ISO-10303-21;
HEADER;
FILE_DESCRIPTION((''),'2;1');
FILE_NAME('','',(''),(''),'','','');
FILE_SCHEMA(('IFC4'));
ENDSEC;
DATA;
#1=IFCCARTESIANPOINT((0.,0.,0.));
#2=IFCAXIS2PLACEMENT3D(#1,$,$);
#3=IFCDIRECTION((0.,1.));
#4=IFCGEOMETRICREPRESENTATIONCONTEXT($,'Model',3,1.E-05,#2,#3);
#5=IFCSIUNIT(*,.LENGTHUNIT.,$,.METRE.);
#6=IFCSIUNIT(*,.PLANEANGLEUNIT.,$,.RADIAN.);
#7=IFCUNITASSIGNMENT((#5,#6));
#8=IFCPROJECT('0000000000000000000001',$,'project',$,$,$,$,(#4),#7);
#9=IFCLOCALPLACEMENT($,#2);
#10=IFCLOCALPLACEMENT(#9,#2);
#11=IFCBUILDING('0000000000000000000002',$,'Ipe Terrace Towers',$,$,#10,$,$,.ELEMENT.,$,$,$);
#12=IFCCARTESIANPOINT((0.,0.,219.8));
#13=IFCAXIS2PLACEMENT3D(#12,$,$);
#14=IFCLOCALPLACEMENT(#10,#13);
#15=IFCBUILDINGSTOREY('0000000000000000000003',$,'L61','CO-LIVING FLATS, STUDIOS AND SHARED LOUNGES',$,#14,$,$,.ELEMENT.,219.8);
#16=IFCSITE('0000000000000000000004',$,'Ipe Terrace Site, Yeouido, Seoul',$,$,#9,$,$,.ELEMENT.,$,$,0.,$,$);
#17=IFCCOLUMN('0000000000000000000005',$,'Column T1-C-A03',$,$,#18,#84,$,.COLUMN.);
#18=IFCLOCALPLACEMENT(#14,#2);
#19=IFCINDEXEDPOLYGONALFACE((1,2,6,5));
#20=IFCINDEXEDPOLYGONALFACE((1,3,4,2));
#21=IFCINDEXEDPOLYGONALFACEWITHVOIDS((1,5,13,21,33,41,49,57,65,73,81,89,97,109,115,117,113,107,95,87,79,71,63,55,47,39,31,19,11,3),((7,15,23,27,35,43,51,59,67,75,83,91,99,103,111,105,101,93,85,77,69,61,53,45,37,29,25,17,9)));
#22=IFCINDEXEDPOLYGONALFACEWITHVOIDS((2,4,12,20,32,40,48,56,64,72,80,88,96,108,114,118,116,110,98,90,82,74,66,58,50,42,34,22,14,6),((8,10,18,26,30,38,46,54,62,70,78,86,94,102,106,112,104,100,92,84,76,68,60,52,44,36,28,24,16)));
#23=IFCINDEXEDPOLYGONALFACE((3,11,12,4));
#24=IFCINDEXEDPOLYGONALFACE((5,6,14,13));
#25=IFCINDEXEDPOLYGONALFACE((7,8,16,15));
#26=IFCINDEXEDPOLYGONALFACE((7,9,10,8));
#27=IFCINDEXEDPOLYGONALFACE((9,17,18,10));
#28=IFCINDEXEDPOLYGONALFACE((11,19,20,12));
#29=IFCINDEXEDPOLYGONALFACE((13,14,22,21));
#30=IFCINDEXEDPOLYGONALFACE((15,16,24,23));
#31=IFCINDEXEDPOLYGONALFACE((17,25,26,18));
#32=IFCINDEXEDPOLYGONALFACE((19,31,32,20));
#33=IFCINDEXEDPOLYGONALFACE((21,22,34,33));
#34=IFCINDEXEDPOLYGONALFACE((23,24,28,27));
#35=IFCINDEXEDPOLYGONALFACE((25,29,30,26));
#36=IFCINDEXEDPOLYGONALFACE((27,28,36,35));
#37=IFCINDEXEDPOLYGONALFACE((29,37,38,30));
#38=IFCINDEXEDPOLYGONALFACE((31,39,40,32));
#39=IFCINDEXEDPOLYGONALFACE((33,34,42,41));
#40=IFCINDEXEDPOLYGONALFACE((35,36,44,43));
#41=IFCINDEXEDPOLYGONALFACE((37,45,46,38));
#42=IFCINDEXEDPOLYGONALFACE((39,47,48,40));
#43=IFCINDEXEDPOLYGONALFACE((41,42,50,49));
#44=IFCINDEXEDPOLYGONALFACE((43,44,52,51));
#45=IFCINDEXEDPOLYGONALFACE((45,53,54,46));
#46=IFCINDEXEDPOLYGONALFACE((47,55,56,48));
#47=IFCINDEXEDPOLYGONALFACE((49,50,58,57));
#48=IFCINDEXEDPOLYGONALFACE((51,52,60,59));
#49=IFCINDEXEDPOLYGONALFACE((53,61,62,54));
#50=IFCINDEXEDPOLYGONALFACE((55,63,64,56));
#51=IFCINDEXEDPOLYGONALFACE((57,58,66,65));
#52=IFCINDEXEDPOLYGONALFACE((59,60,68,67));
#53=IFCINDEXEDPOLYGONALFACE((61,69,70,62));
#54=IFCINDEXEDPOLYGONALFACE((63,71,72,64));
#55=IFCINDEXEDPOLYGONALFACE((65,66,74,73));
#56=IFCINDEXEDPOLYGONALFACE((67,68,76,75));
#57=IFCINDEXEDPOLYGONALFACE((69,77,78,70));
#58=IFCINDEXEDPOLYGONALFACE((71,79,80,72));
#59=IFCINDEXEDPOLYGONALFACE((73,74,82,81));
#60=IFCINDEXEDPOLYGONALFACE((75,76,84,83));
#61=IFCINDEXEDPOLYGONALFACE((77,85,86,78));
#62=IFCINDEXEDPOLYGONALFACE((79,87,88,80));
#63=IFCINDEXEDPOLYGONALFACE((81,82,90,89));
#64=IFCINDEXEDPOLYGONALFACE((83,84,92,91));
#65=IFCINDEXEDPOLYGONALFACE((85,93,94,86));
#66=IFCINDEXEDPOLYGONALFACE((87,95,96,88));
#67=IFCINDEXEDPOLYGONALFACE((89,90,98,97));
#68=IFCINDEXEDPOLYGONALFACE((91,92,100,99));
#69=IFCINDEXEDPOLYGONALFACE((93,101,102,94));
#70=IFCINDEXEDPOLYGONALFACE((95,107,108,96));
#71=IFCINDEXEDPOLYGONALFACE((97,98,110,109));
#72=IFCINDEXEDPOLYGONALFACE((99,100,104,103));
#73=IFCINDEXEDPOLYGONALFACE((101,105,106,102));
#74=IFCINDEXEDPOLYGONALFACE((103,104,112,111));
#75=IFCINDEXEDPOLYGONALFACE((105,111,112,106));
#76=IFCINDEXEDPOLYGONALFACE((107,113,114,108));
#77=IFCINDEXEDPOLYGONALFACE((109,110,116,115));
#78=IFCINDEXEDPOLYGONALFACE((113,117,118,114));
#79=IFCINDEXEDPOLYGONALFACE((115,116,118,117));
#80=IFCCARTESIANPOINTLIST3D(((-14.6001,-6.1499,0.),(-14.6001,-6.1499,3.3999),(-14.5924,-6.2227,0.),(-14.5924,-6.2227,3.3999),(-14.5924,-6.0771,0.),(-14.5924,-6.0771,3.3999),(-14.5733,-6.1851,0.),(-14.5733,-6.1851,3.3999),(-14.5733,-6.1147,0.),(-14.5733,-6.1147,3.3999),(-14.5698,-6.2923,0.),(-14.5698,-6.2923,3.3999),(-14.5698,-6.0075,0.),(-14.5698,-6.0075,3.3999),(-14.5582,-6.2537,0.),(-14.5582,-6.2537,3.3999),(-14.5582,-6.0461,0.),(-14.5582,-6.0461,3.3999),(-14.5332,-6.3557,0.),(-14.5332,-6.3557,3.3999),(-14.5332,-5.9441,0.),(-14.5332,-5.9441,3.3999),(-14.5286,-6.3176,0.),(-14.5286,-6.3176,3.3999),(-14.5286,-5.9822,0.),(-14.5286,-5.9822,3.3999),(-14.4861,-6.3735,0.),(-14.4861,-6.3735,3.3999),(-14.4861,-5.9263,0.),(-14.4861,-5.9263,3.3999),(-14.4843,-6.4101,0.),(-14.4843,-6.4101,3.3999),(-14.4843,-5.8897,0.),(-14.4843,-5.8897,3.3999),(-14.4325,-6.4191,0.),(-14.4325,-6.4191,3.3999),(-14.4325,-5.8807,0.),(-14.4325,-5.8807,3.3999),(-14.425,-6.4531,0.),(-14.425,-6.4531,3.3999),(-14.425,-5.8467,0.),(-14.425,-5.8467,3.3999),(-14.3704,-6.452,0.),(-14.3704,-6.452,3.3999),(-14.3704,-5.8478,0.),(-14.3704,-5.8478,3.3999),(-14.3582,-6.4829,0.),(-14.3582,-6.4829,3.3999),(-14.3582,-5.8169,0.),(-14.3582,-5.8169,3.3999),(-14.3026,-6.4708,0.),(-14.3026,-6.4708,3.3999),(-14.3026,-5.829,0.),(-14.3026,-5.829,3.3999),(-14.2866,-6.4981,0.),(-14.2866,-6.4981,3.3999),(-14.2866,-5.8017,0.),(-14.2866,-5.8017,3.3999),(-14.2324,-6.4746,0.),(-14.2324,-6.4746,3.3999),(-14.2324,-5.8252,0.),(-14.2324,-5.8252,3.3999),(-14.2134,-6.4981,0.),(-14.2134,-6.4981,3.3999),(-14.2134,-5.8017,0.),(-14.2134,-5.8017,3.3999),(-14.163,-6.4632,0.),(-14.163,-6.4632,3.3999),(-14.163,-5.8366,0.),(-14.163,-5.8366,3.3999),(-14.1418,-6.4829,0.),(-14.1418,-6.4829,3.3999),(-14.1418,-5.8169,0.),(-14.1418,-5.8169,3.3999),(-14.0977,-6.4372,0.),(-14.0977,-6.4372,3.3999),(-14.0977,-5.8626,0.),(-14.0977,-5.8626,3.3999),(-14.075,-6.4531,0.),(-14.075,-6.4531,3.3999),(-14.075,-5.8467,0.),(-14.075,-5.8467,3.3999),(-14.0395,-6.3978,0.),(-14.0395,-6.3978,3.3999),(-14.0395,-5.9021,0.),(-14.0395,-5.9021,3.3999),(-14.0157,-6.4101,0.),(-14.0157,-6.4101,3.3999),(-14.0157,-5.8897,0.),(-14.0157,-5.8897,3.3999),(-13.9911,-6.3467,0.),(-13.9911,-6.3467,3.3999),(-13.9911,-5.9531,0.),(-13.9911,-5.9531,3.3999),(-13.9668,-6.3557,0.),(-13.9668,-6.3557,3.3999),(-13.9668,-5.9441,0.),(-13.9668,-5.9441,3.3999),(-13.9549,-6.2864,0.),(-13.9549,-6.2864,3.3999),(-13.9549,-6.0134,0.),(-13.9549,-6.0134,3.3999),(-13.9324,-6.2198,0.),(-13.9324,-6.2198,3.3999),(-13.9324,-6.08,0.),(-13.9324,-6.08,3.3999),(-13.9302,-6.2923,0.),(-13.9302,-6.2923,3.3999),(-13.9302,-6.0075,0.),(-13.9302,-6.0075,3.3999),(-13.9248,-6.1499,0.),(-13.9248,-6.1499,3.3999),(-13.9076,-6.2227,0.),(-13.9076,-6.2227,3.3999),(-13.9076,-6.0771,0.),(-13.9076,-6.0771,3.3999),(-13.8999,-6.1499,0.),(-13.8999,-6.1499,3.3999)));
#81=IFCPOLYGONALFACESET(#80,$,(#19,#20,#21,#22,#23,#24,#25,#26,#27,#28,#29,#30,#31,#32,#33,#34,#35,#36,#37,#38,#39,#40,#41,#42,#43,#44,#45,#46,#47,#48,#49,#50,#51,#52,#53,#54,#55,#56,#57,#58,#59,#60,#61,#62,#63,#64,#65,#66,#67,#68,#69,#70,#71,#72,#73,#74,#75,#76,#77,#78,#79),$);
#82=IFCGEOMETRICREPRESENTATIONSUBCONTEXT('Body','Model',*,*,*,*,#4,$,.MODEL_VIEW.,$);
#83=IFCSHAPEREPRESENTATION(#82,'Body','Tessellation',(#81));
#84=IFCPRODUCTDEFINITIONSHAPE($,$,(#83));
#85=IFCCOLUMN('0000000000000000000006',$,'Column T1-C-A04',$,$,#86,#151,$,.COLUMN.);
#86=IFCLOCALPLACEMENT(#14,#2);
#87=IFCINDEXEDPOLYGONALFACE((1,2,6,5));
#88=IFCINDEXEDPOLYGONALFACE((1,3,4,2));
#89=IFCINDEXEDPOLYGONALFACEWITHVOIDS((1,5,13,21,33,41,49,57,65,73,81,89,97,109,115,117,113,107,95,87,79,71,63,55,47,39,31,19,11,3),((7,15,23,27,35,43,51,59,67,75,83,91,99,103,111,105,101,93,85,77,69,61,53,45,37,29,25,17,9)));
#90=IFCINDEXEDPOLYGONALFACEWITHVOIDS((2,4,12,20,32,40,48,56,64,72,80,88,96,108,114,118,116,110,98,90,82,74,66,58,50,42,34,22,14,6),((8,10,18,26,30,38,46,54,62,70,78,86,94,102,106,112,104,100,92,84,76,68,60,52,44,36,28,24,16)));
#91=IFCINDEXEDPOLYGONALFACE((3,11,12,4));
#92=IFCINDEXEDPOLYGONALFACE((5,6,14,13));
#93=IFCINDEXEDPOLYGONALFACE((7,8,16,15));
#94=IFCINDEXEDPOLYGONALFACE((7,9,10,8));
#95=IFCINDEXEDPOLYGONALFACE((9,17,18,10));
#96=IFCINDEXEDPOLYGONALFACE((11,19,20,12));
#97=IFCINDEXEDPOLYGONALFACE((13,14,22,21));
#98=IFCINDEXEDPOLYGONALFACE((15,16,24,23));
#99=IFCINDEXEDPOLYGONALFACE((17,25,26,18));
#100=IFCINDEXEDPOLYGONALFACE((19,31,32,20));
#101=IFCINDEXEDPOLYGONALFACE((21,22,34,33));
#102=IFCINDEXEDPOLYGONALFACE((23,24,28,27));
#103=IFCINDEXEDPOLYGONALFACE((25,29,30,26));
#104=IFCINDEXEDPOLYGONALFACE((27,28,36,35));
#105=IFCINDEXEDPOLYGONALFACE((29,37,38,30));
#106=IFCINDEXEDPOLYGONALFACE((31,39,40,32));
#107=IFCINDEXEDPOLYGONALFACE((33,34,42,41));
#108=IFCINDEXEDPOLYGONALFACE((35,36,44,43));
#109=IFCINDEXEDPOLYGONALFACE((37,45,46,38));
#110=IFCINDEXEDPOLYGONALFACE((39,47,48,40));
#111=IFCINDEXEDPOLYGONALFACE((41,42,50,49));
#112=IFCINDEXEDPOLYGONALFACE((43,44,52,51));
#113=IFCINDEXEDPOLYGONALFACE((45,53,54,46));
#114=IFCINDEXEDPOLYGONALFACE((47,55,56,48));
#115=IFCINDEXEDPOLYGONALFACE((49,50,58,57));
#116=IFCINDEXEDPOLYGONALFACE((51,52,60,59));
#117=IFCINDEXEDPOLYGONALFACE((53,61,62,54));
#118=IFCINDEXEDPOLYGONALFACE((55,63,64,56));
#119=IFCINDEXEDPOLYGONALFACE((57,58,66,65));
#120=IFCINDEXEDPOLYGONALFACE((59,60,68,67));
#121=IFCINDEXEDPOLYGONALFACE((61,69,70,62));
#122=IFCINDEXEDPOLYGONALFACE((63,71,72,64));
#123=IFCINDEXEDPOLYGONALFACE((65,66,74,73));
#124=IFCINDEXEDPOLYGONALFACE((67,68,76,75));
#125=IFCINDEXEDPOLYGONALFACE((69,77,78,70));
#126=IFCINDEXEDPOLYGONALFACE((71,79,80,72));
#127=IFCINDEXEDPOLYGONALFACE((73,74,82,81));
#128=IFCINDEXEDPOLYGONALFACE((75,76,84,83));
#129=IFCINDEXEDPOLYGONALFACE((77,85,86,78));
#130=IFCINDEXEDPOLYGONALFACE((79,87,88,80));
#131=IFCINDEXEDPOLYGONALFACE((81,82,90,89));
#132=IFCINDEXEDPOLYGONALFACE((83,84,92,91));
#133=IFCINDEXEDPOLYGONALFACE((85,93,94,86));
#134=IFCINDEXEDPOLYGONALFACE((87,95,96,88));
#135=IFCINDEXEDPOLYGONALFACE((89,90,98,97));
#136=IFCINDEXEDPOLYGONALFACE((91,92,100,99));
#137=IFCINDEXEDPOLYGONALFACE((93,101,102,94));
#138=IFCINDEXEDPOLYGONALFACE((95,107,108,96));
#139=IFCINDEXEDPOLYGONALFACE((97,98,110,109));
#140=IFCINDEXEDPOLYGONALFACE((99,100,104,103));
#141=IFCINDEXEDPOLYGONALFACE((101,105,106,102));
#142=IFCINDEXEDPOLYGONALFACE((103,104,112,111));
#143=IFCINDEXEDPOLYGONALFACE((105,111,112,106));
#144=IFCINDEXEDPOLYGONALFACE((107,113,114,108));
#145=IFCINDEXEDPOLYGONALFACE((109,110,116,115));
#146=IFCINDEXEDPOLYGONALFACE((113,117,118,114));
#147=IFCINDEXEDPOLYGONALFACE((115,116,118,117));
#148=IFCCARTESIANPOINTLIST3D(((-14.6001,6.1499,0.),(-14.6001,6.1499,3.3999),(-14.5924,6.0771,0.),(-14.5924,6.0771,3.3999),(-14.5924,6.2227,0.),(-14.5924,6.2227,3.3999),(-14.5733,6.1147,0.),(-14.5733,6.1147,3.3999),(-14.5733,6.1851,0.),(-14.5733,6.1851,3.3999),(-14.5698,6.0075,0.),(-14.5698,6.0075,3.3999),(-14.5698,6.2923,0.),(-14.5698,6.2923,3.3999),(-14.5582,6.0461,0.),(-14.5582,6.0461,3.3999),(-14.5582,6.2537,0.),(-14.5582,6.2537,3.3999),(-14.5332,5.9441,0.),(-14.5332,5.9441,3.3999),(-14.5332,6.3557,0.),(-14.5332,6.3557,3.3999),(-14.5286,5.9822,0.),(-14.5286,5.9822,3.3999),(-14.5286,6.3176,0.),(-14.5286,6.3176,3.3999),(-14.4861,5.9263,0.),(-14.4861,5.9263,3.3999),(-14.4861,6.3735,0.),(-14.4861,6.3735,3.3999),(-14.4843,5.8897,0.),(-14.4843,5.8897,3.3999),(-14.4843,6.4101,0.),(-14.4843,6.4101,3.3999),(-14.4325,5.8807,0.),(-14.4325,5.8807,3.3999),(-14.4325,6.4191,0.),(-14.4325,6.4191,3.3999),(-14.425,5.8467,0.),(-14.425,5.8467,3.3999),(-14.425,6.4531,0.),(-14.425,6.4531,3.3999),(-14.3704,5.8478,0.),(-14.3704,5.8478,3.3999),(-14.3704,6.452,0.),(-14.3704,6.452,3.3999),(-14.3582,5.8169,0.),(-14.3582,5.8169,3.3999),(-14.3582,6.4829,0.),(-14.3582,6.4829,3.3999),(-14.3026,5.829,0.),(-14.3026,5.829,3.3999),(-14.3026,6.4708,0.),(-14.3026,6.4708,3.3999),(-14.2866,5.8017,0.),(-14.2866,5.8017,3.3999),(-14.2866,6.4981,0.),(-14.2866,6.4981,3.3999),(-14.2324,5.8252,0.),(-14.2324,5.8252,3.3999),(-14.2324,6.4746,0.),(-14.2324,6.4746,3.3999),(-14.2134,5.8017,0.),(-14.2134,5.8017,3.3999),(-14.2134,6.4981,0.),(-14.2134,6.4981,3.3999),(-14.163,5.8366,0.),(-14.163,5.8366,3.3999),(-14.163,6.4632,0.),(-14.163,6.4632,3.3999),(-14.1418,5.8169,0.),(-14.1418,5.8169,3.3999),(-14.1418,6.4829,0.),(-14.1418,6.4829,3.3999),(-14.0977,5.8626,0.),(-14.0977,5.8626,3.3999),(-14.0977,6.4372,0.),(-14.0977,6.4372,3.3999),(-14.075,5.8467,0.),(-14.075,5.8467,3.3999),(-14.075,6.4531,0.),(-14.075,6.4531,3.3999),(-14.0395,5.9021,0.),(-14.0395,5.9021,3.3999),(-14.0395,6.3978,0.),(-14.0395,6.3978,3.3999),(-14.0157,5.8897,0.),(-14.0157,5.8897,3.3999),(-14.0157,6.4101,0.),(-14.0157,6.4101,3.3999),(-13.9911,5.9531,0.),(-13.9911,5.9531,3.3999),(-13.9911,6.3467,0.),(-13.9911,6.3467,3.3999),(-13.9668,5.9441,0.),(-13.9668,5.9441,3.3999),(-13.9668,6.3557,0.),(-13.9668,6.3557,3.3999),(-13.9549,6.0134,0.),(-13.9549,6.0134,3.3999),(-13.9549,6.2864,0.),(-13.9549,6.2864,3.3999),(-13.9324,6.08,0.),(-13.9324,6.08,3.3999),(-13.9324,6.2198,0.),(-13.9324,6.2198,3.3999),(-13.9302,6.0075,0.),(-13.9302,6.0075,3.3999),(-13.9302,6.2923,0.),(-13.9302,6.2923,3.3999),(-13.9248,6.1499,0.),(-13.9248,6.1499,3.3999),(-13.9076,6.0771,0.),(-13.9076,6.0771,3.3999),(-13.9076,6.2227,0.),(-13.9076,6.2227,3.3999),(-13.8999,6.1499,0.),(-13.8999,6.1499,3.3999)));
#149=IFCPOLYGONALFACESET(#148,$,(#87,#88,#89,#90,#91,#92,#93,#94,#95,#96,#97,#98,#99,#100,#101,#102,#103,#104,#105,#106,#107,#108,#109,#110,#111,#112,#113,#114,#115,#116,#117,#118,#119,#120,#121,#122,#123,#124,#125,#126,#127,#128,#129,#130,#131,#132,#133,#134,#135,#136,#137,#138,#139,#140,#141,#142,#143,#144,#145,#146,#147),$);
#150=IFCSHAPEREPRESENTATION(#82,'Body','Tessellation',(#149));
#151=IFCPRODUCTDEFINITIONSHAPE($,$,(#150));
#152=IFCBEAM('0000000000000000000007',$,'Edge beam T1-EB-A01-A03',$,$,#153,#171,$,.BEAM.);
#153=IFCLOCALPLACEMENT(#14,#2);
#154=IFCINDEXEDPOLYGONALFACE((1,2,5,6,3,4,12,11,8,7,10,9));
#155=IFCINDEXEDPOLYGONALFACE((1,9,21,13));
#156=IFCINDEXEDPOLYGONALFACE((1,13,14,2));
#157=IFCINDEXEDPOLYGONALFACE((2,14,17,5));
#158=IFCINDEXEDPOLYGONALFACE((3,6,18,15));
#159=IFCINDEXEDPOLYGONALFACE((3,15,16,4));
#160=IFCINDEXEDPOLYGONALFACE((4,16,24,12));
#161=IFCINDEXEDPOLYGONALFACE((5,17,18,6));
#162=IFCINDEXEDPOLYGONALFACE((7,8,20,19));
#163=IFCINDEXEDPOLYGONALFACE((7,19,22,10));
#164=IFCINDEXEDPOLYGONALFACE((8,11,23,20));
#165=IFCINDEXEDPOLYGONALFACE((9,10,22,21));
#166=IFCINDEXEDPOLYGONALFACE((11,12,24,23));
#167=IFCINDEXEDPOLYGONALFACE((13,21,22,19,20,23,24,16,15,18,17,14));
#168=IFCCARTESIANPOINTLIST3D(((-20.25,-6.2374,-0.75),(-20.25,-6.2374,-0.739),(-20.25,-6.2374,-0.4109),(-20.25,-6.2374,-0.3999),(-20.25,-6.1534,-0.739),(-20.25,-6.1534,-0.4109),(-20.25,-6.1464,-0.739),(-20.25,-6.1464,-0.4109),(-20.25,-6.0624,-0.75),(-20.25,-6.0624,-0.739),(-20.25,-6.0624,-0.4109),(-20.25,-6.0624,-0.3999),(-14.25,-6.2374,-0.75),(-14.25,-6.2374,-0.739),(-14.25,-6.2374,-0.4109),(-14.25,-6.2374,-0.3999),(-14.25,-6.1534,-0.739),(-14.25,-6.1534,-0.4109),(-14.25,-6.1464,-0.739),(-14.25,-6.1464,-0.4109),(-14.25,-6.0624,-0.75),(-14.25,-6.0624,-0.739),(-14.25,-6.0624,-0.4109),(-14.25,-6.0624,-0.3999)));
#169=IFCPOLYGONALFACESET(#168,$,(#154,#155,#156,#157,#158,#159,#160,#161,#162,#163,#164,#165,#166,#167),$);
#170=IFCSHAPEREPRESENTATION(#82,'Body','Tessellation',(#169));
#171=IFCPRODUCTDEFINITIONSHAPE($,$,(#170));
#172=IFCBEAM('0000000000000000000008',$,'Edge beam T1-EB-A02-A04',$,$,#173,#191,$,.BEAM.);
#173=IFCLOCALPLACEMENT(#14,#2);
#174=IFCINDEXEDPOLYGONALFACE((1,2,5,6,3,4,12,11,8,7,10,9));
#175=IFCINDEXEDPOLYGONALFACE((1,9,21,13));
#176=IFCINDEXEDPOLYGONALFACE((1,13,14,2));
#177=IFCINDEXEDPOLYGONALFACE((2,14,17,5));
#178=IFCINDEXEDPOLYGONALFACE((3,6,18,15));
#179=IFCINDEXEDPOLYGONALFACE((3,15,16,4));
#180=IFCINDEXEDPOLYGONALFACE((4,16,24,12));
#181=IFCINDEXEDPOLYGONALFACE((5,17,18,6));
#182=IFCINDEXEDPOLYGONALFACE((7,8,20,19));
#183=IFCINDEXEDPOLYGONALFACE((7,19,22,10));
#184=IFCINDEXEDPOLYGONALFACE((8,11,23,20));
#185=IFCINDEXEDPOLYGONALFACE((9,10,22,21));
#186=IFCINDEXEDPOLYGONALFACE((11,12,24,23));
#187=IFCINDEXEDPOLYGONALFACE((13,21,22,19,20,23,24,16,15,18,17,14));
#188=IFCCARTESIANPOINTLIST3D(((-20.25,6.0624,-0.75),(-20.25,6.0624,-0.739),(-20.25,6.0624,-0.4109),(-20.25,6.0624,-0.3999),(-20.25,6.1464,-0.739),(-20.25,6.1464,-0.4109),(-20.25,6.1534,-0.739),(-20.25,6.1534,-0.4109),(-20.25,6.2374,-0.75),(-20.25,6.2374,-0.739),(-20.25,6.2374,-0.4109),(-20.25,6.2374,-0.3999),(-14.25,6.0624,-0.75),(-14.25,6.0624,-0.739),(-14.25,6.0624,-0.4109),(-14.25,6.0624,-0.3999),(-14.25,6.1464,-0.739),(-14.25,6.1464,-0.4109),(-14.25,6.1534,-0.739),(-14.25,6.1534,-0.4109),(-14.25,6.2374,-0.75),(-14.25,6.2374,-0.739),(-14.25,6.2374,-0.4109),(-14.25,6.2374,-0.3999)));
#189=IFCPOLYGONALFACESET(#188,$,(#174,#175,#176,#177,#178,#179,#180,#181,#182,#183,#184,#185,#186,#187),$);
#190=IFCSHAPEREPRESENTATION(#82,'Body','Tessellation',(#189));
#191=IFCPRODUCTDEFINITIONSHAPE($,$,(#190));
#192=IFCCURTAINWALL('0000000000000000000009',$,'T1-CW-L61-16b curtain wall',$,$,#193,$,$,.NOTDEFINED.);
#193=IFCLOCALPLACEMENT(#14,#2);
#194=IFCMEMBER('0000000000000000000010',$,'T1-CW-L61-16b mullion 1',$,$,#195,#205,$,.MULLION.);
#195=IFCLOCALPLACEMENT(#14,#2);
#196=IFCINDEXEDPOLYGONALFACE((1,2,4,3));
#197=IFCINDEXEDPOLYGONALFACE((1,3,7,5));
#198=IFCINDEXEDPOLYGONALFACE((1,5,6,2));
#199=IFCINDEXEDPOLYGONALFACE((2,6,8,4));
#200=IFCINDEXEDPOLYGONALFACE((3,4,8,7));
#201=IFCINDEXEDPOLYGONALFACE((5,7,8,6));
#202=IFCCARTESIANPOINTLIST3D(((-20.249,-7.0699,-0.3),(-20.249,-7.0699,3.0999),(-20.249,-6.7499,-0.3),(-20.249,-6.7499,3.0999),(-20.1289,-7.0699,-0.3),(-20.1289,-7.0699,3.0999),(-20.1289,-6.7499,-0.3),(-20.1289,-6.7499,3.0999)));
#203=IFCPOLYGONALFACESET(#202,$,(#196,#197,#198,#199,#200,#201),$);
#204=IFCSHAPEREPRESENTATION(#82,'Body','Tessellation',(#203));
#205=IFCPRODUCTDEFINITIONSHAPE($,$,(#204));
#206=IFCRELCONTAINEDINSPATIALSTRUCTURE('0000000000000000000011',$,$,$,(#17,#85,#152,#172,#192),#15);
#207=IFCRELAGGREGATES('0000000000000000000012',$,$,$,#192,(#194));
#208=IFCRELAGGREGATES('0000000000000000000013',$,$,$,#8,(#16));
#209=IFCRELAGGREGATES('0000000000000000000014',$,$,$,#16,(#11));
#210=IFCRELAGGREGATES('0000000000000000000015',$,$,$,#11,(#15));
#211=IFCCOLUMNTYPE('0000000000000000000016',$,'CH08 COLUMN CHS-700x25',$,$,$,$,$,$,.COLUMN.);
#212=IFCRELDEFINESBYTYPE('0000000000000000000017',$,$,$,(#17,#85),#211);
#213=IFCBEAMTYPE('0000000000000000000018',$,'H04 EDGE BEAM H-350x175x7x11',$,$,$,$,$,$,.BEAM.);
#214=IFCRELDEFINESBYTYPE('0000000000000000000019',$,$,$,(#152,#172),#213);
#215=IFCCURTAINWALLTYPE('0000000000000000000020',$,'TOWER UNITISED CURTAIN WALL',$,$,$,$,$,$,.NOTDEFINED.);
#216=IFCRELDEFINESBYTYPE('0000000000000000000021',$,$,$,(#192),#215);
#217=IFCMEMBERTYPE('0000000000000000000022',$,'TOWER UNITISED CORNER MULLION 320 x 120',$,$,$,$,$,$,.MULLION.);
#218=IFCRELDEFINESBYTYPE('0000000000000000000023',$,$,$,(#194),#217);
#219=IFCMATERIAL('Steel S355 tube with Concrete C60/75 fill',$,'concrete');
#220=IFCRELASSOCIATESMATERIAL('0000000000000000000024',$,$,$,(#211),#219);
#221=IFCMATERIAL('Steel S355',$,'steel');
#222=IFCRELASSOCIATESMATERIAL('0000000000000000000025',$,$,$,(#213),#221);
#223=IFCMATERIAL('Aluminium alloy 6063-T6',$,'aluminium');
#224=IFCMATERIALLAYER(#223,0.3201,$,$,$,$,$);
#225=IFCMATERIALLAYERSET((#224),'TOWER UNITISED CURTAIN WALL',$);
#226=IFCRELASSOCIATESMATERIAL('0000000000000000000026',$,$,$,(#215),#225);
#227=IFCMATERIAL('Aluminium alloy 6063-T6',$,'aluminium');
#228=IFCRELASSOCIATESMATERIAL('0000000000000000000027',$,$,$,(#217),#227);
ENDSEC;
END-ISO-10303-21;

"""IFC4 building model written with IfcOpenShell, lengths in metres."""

from ifc_helpers import new_model, si_unit, direction, frame, origin, origin_2d, place, context, subcontext, project, spatial, rectangle, hollow_circle, i_section, extrude, material, layer, layer_set, material_profile, profile_set, type_object, element, aggregate, save


model = new_model("IFC4")

# Units and contexts
model_context = context("Model", 3, precision=1e-05, world=origin(), true_north=direction((0.0, 1.0)))
body_context = subcontext(model_context, "Body", "Model", "MODEL_VIEW")
ifc_project = project(units=[si_unit("LENGTHUNIT", "METRE"), si_unit("PLANEANGLEUNIT", "RADIAN")], contexts=[model_context])

# Site, building, storey
site_placement = place(None, origin())
site = spatial("IfcSite", under=ifc_project, at=site_placement, Name="Ipe Terrace Site, Yeouido, Seoul", CompositionType="ELEMENT", RefElevation=0.0)
building_placement = place(site_placement, origin())
building = spatial("IfcBuilding", under=site, at=building_placement, Name="Ipe Terrace Towers", CompositionType="ELEMENT")
storey_placement = place(building_placement, frame((0.0, 0.0, 219.8)))
storey = spatial("IfcBuildingStorey", under=building, at=storey_placement, Name="L61", Description="CO-LIVING FLATS, STUDIOS AND SHARED LOUNGES", CompositionType="ELEMENT", Elevation=219.8)

# Columns
ifc_material_1 = material(Name="Steel S355 tube with Concrete C60/75 fill", Category="concrete")
ifc_material_profile_1 = material_profile(ifc_material_1, hollow_circle(Radius=0.3501, WallThickness=0.0249, at=origin_2d()), Name="CHS-700x25")
ifc_profile_set_1 = profile_set([ifc_material_profile_1], Name="Steel S355 tube with Concrete C60/75 fill")
column_type = type_object("IfcColumnType", Name="CH08 COLUMN CHS-700x25", PredefinedType="COLUMN", material=ifc_profile_set_1)
for number, where, z_axis, x_axis, name in (
    (1, (-14.25, -6.1499, 0.0), (0.0, 0.0, 1.0), (1.0, 0.0, 0.0), "Column T1-C-A03"),
    (2, (-14.25, 6.1499, 0.0), (0.0, 0.0, 1.0), (1.0, 0.0, 0.0), "Column T1-C-A04"),
):
    element("IfcColumn", number, at=place(storey_placement, frame(where, z_axis=z_axis, x_axis=x_axis)), inside=storey, type_object=column_type, Name=name, PredefinedType="COLUMN", context=body_context, shape_type="SweptSolid", body=[
        extrude(hollow_circle(Radius=0.3501, WallThickness=0.0249, at=origin_2d()), origin(), (0.0, 0.0, 1.0), 3.3999),
    ])

# Beams
ifc_material_2 = material(Name="Steel S355", Category="steel")
ifc_material_profile_2 = material_profile(ifc_material_2, i_section(OverallWidth=0.175, OverallDepth=0.3501, WebThickness=0.0071, FlangeThickness=0.011, at=origin_2d()), Name="H-350x175x7x11")
ifc_profile_set_2 = profile_set([ifc_material_profile_2], Name="Steel S355")
beam_type = type_object("IfcBeamType", Name="H04 EDGE BEAM H-350x175x7x11", PredefinedType="BEAM", material=ifc_profile_set_2)
for number, where, z_axis, x_axis, name in (
    (3, (-20.25, -6.1499, -0.575), (1.0, 0.0, 0.0), (0.0, 1.0, 0.0), "Edge beam T1-EB-A01-A03"),
    (4, (-20.25, 6.1499, -0.575), (1.0, 0.0, 0.0), (0.0, 1.0, 0.0), "Edge beam T1-EB-A02-A04"),
):
    element("IfcBeam", number, at=place(storey_placement, frame(where, z_axis=z_axis, x_axis=x_axis)), inside=storey, type_object=beam_type, Name=name, PredefinedType="BEAM", context=body_context, shape_type="SweptSolid", body=[
        extrude(i_section(OverallWidth=0.175, OverallDepth=0.3501, WebThickness=0.0071, FlangeThickness=0.011, at=origin_2d()), origin(), (0.0, 0.0, 1.0), 6.0),
    ])

# Curtain wall, member
ifc_material_3 = material(Name="Aluminium alloy 6063-T6", Category="aluminium")
ifc_layer_1 = layer(ifc_material_3, 0.3201)
ifc_layer_set_1 = layer_set([ifc_layer_1], Name="TOWER UNITISED CURTAIN WALL")
curtain_wall_type = type_object("IfcCurtainWallType", Name="TOWER UNITISED CURTAIN WALL", PredefinedType="NOTDEFINED", material=ifc_layer_set_1)
curtain_wall_1_placement = place(storey_placement, origin())
curtain_wall_1 = element("IfcCurtainWall", 5, at=curtain_wall_1_placement, inside=storey, type_object=curtain_wall_type, Name="T1-CW-L61-16b curtain wall", PredefinedType="NOTDEFINED")
ifc_material_4 = material(Name="Aluminium alloy 6063-T6", Category="aluminium")
ifc_material_profile_3 = material_profile(ifc_material_4, rectangle(XDim=0.3201, YDim=0.1201, at=origin_2d()), Name="TOWER UNITISED CORNER MULLION 320 x 120")
ifc_profile_set_3 = profile_set([ifc_material_profile_3], Name="Aluminium alloy 6063-T6")
member_type = type_object("IfcMemberType", Name="TOWER UNITISED CORNER MULLION 320 x 120", PredefinedType="MULLION", material=ifc_profile_set_3)
member_1_placement = place(storey_placement, frame((-20.189, -6.9099, -0.3), z_axis=(0.0, 0.0, 1.0), x_axis=(0.0, -1.0, 0.0)))
member_1 = element("IfcMember", 6, at=member_1_placement, type_object=member_type, Name="T1-CW-L61-16b mullion 1", PredefinedType="MULLION", context=body_context, shape_type="SweptSolid", body=[
    extrude(rectangle(XDim=0.3201, YDim=0.1201, at=origin_2d()), origin(), (0.0, 0.0, 1.0), 3.3999),
])

aggregate(curtain_wall_1, [member_1])

save(model, "model.ifc")
